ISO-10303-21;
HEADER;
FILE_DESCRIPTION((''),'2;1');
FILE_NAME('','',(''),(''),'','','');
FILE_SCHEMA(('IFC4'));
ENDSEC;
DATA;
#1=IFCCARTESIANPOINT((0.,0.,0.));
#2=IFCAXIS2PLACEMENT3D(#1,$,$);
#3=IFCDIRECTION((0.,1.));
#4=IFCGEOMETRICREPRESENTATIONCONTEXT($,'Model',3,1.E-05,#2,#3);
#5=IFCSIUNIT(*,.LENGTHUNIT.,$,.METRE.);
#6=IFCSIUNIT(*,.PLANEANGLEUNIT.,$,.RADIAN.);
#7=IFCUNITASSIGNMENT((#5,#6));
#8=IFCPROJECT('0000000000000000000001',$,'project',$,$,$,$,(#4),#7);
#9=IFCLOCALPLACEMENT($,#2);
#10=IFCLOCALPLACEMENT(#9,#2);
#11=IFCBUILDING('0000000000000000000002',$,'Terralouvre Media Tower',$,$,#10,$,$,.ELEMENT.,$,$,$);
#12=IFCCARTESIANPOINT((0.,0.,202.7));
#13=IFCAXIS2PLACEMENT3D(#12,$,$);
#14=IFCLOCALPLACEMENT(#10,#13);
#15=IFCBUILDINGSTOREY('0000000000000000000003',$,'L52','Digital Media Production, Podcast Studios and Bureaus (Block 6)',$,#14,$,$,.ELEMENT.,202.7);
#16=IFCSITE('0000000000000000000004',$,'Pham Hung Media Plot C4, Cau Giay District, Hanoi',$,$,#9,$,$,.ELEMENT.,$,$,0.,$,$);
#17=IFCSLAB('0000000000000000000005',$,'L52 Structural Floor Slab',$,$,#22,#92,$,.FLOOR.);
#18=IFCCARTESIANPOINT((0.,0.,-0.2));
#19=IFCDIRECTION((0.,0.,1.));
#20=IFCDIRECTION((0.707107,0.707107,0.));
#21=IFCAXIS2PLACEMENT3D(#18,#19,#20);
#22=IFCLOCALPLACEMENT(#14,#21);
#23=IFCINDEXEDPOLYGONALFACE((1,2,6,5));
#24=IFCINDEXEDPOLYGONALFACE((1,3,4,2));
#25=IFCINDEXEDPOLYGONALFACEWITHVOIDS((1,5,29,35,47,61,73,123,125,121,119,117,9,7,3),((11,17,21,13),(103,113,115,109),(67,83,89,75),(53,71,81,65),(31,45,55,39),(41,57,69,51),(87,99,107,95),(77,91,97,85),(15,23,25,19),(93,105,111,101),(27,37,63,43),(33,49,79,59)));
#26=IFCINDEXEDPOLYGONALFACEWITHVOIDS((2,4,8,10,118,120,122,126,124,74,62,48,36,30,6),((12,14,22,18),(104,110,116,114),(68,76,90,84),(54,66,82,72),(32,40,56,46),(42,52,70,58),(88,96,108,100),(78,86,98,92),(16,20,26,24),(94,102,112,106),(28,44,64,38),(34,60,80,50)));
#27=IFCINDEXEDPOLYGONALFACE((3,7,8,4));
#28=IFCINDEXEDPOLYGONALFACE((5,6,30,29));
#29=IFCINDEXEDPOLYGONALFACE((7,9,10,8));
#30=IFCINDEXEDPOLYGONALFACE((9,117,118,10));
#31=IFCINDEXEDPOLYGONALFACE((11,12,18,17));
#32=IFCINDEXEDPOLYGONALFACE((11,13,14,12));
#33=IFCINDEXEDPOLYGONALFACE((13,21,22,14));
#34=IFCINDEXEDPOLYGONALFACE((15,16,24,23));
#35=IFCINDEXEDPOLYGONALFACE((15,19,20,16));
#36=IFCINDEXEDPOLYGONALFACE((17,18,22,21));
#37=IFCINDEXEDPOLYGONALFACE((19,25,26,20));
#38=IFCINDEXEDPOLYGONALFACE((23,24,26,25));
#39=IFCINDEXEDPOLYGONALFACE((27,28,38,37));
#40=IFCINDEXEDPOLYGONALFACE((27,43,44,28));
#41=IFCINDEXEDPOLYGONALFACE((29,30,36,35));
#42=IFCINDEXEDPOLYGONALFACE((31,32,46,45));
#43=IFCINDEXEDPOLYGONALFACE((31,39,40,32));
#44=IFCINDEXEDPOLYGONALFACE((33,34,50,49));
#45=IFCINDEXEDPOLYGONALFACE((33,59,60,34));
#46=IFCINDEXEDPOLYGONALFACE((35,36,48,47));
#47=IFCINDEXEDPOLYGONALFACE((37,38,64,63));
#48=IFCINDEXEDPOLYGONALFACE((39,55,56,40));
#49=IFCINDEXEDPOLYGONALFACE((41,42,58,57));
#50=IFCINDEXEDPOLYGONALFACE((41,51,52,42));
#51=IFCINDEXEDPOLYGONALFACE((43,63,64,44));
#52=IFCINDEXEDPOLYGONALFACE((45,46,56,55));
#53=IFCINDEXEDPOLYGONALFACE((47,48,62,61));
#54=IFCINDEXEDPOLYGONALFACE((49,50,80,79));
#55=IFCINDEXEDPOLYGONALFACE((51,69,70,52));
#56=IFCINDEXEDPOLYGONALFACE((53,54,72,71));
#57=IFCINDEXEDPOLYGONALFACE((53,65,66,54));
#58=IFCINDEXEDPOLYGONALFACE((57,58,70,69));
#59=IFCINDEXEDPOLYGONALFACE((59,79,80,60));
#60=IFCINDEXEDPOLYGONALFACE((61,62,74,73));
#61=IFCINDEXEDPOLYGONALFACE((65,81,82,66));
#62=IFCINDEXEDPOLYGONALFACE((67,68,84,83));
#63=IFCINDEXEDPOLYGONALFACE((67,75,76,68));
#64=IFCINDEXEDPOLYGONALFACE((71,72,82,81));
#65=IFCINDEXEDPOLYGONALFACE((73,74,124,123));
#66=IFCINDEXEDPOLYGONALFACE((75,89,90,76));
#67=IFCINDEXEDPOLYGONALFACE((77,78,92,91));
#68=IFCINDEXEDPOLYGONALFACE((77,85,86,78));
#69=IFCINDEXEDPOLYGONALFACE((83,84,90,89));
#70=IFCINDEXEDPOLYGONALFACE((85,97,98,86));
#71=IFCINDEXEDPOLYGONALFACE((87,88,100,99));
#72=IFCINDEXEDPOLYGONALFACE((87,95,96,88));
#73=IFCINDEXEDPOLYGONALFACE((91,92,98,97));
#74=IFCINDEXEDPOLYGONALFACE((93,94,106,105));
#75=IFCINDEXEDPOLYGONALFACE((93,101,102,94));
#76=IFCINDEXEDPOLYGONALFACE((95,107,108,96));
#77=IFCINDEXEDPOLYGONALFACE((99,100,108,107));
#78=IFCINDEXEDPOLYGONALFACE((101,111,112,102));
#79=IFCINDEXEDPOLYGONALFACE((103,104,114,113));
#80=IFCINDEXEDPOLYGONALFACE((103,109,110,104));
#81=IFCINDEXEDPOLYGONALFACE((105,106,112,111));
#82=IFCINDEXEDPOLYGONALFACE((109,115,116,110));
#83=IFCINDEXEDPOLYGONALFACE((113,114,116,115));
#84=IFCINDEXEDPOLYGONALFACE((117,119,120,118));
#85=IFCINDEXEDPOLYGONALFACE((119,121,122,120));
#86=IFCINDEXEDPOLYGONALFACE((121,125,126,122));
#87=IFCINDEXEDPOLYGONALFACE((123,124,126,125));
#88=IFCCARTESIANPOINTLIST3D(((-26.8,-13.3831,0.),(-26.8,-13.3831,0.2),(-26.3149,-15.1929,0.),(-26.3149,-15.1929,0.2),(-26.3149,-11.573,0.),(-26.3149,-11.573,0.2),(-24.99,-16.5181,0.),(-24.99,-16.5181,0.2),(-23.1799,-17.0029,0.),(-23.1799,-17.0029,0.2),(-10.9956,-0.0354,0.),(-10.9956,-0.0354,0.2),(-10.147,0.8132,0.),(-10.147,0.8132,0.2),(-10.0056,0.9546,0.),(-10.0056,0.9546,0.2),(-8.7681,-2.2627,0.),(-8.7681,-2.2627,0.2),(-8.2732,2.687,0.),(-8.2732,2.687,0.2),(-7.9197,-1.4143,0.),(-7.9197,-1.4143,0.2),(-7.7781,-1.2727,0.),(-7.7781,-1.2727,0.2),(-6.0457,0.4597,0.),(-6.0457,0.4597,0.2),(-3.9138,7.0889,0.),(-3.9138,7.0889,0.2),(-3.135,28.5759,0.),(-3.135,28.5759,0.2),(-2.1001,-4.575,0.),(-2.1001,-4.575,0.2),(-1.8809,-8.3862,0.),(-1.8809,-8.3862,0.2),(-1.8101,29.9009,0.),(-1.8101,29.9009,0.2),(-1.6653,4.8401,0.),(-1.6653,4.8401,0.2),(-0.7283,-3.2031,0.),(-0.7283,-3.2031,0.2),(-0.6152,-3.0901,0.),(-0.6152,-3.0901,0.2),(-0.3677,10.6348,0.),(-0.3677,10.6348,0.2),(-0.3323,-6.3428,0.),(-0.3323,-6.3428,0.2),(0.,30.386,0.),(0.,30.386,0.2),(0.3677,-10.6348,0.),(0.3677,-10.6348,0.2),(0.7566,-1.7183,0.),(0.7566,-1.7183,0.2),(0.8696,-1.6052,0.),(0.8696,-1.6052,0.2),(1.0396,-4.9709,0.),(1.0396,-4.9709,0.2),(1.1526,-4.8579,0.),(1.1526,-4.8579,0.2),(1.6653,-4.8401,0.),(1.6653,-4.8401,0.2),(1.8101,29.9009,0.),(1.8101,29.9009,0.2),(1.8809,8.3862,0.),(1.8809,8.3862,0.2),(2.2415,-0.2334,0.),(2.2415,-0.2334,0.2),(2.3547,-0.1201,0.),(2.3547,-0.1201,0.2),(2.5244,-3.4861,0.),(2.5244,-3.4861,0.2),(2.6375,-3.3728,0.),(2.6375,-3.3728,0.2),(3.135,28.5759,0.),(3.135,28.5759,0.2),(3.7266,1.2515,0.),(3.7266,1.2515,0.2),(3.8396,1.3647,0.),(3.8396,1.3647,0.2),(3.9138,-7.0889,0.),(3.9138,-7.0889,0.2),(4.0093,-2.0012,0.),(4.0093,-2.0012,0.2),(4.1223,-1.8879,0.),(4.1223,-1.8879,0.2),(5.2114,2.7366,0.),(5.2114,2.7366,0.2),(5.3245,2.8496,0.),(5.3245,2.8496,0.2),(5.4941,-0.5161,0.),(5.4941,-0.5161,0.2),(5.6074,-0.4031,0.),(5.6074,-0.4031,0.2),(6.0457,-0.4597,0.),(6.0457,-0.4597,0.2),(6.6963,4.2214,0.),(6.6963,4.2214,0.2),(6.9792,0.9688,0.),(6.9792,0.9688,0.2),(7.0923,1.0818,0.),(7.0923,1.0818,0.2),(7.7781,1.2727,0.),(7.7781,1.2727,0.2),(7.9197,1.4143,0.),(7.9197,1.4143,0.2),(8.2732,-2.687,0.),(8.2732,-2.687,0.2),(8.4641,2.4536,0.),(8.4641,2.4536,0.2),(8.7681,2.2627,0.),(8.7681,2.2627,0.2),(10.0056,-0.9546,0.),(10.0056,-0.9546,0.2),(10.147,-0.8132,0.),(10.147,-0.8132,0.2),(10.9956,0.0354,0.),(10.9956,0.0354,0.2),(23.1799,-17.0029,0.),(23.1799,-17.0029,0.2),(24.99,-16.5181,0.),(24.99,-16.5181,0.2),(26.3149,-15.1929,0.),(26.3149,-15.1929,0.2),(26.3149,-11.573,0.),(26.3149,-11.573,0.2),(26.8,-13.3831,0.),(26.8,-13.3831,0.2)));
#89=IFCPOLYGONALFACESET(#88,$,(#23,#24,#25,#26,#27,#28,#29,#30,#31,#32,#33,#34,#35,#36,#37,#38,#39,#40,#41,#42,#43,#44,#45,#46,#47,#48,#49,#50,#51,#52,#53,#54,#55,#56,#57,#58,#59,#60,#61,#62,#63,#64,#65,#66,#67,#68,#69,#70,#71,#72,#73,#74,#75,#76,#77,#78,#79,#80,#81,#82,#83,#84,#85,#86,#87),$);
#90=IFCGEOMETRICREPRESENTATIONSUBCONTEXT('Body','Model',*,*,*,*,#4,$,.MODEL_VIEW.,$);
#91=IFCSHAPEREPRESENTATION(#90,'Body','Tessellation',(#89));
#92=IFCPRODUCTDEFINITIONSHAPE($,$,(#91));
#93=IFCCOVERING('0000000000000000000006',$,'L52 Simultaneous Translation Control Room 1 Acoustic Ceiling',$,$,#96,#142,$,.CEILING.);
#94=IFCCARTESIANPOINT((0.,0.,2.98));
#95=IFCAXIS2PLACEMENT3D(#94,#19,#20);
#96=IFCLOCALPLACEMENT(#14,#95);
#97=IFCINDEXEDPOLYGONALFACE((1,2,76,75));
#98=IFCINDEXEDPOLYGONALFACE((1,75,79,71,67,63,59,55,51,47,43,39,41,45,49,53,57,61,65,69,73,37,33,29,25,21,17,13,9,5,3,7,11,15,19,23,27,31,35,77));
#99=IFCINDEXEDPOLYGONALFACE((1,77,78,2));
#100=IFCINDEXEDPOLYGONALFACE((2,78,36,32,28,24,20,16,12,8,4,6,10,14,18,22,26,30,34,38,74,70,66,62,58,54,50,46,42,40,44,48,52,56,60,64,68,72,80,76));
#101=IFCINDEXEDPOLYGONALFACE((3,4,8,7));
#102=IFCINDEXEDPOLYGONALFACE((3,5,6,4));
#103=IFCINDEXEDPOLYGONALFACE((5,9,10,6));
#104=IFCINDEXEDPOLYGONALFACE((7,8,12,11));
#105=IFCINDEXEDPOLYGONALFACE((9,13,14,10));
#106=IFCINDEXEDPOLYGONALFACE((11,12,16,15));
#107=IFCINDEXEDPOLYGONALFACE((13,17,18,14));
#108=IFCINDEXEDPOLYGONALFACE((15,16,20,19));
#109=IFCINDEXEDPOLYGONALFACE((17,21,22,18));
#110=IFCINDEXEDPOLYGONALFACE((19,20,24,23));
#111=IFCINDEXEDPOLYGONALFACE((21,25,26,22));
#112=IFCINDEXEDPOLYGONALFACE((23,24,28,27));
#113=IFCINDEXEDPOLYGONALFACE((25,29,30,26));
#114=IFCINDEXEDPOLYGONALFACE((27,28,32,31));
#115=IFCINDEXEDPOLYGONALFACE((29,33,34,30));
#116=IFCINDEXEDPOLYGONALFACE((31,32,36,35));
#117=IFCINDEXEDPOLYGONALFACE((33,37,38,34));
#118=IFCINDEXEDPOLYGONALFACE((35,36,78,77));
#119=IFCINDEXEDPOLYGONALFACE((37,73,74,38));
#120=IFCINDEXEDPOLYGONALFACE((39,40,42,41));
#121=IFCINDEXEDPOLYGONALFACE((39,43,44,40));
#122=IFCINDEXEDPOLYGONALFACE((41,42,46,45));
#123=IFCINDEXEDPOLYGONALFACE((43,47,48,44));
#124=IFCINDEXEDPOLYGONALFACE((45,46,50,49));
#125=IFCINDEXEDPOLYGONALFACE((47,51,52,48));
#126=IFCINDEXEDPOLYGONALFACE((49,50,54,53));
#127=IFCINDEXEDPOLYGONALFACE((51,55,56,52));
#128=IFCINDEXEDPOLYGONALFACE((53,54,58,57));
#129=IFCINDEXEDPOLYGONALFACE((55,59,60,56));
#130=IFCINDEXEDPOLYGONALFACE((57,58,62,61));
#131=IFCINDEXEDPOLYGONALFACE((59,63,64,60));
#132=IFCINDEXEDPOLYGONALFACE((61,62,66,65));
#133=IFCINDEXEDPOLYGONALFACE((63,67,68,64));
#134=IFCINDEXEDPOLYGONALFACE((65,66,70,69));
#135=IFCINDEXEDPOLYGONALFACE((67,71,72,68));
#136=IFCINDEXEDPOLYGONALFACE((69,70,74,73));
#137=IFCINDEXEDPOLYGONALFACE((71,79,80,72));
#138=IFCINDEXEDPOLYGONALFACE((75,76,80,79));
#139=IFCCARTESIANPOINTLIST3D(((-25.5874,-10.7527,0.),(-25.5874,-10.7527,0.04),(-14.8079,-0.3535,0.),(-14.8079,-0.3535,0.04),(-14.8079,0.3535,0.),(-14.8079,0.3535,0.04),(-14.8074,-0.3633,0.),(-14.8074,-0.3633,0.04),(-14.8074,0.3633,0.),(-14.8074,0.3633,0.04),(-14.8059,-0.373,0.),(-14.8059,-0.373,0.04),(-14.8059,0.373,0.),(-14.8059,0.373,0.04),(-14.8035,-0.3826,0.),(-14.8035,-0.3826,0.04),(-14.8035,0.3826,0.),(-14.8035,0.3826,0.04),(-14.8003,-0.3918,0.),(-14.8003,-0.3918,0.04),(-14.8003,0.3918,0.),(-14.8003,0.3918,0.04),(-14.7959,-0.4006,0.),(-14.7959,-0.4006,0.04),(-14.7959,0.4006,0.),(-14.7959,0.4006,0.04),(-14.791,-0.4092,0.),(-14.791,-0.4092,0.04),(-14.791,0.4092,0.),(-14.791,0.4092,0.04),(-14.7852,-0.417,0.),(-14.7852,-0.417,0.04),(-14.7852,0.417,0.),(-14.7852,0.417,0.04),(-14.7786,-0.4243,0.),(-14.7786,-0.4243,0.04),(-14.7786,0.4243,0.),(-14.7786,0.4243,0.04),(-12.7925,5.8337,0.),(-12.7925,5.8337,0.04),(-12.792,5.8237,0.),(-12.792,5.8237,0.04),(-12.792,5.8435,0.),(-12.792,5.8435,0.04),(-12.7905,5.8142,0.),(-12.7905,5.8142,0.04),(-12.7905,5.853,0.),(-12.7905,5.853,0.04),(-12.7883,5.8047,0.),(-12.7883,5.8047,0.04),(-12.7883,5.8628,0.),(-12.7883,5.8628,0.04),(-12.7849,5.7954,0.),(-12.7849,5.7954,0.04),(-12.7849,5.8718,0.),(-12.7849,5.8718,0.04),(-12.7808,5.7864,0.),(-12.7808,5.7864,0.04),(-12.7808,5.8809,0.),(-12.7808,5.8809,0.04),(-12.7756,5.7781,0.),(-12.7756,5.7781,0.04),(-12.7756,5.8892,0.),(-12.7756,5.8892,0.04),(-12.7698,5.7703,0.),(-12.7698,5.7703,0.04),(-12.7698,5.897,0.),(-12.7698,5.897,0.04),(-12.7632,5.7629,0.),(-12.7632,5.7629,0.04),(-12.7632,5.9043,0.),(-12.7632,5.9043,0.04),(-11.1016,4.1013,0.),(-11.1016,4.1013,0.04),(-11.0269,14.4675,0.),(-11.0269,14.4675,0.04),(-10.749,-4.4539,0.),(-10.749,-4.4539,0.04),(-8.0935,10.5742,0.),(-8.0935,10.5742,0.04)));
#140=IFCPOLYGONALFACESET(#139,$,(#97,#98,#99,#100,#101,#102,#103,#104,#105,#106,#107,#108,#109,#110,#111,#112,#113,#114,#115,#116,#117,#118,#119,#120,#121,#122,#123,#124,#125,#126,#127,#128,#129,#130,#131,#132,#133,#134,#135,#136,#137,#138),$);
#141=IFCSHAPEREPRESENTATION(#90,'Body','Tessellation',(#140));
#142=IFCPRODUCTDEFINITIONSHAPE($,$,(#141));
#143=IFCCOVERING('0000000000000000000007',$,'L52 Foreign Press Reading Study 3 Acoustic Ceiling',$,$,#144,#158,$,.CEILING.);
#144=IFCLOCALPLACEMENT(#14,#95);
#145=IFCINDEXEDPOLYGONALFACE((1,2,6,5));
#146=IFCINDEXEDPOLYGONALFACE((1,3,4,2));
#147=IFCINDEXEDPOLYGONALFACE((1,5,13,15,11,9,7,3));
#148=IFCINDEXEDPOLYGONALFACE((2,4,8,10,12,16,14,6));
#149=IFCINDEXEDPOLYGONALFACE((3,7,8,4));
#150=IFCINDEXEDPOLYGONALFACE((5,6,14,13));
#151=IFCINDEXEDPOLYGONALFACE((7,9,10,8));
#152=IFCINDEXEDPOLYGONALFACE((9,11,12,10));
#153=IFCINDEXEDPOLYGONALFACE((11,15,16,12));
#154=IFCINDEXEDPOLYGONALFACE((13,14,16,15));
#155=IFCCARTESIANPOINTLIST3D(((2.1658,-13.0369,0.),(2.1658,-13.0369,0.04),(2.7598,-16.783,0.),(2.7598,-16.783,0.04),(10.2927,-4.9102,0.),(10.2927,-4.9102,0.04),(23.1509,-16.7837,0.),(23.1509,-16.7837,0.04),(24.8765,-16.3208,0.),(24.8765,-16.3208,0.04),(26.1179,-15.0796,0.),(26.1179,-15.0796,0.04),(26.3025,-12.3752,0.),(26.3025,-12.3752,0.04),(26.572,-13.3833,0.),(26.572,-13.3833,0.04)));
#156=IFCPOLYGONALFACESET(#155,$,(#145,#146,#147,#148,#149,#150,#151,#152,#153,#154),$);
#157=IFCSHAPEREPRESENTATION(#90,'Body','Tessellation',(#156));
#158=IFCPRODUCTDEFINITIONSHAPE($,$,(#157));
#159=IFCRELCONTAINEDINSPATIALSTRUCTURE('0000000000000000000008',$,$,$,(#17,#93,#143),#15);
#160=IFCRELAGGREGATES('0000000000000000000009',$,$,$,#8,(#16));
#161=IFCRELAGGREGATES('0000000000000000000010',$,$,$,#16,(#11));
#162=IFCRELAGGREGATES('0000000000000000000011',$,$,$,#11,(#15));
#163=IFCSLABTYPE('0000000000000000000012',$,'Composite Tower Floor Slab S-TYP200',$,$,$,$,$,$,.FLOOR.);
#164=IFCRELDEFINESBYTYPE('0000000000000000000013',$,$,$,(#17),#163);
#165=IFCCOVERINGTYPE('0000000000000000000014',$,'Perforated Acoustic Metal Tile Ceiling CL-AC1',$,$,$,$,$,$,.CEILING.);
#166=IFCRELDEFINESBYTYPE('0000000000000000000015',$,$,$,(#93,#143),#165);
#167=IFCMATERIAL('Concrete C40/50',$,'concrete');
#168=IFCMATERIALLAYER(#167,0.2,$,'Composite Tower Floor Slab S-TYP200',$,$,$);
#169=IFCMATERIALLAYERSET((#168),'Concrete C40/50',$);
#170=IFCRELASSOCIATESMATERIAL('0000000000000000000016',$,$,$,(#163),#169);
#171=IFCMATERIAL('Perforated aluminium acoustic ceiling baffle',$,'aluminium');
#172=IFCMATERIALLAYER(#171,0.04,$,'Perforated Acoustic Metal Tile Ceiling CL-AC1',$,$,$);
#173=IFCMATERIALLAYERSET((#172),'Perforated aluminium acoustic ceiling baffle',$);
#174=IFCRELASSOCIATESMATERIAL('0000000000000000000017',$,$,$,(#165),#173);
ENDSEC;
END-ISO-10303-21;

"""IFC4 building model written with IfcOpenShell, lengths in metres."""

from ifc_helpers import new_model, si_unit, direction, frame, origin, place, context, subcontext, project, spatial, polyline, outline, extrude, material, layer, layer_set, type_object, element, save


model = new_model("IFC4")

# Units and contexts
model_context = context("Model", 3, precision=1e-05, world=origin(), true_north=direction((0.0, 1.0)))
body_context = subcontext(model_context, "Body", "Model", "MODEL_VIEW")
ifc_project = project(units=[si_unit("LENGTHUNIT", "METRE"), si_unit("PLANEANGLEUNIT", "RADIAN")], contexts=[model_context])

# Site, building, storey
site_placement = place(None, origin())
site = spatial("IfcSite", under=ifc_project, at=site_placement, Name="Pham Hung Media Plot C4, Cau Giay District, Hanoi", CompositionType="ELEMENT", RefElevation=0.0)
building_placement = place(site_placement, origin())
building = spatial("IfcBuilding", under=site, at=building_placement, Name="Terralouvre Media Tower", CompositionType="ELEMENT")
storey_placement = place(building_placement, frame((0.0, 0.0, 202.7)))
storey = spatial("IfcBuildingStorey", under=building, at=storey_placement, Name="L52", Description="Digital Media Production, Podcast Studios and Bureaus (Block 6)", CompositionType="ELEMENT", Elevation=202.7)

# Slab
ifc_material_1 = material(Name="Concrete C40/50", Category="concrete")
ifc_layer_1 = layer(ifc_material_1, 0.2, Name="Composite Tower Floor Slab S-TYP200")
ifc_layer_set_1 = layer_set([ifc_layer_1], Name="Concrete C40/50")
slab_type_1 = type_object("IfcSlabType", Name="Composite Tower Floor Slab S-TYP200", PredefinedType="FLOOR", material=ifc_layer_set_1)
slab_1_placement = place(storey_placement, frame((0.0, 0.0, -0.2), z_axis=(0.0, 0.0, 1.0), x_axis=(0.707107, 0.707107, 0.0)))
element("IfcSlab", 1, at=slab_1_placement, inside=storey, type_object=slab_type_1, Name="L52 Structural Floor Slab", PredefinedType="FLOOR", context=body_context, shape_type="SweptSolid", body=[
    extrude(outline(polyline([(-26.3149, -11.573), (-26.8, -13.3831), (-26.3149, -15.1929), (-24.99, -16.5181), (-23.1799, -17.0029), (23.1799, -17.0029), (24.99, -16.5181), (26.3149, -15.1929), (26.8, -13.3831), (26.3149, -11.573), (3.135, 28.5759), (1.8101, 29.9009), (0.0, 30.386), (-1.8101, 29.9009), (-3.135, 28.5759), (-26.3149, -11.573)]), holes=[polyline([(-7.9197, -1.4143), (-8.7681, -2.2627), (-10.9956, -0.0354), (-10.147, 0.8132), (-7.9197, -1.4143)]), polyline([(-7.7781, -1.2727), (-10.0056, 0.9546), (-8.2732, 2.687), (-6.0457, 0.4597), (-7.7781, -1.2727)]), polyline([(4.1223, -1.8879), (2.3547, -0.1201), (3.7266, 1.2515), (5.4941, -0.5161), (4.1223, -1.8879)]), polyline([(6.9792, 0.9688), (5.6074, -0.4031), (3.8396, 1.3647), (5.2114, 2.7366), (6.9792, 0.9688)]), polyline([(-1.6653, 4.8401), (-3.9138, 7.0889), (-0.3677, 10.6348), (1.8809, 8.3862), (-1.6653, 4.8401)]), polyline([(7.0923, 1.0818), (5.3245, 2.8496), (6.6963, 4.2214), (8.4641, 2.4536), (7.0923, 1.0818)]), polyline([(-1.8809, -8.3862), (1.6653, -4.8401), (3.9138, -7.0889), (0.3677, -10.6348), (-1.8809, -8.3862)]), polyline([(-0.3323, -6.3428), (-2.1001, -4.575), (-0.7283, -3.2031), (1.0396, -4.9709), (-0.3323, -6.3428)]), polyline([(1.1526, -4.8579), (-0.6152, -3.0901), (0.7566, -1.7183), (2.5244, -3.4861), (1.1526, -4.8579)]), polyline([(4.0093, -2.0012), (2.6375, -3.3728), (0.8696, -1.6052), (2.2415, -0.2334), (4.0093, -2.0012)]), polyline([(8.2732, -2.687), (6.0457, -0.4597), (7.7781, 1.2727), (10.0056, -0.9546), (8.2732, -2.687)]), polyline([(10.147, -0.8132), (7.9197, 1.4143), (8.7681, 2.2627), (10.9956, 0.0354), (10.147, -0.8132)])]), origin(), (0.0, 0.0, 1.0), 0.2),
])

# Coverings
ifc_material_2 = material(Name="Perforated aluminium acoustic ceiling baffle", Category="aluminium")
ifc_layer_2 = layer(ifc_material_2, 0.04, Name="Perforated Acoustic Metal Tile Ceiling CL-AC1")
ifc_layer_set_2 = layer_set([ifc_layer_2], Name="Perforated aluminium acoustic ceiling baffle")
covering_type = type_object("IfcCoveringType", Name="Perforated Acoustic Metal Tile Ceiling CL-AC1", PredefinedType="CEILING", material=ifc_layer_set_2)
covering_1_placement = place(storey_placement, frame((0.0, 0.0, 2.98), z_axis=(0.0, 0.0, 1.0), x_axis=(0.707107, 0.707107, 0.0)))
element("IfcCovering", 2, at=covering_1_placement, inside=storey, type_object=covering_type, Name="L52 Simultaneous Translation Control Room 1 Acoustic Ceiling", PredefinedType="CEILING", context=body_context, shape_type="SweptSolid", body=[
    extrude(outline(polyline([(-14.7786, -0.4243), (-14.7852, -0.417), (-14.791, -0.4092), (-14.7959, -0.4006), (-14.8003, -0.3918), (-14.8035, -0.3826), (-14.8059, -0.373), (-14.8074, -0.3633), (-14.8079, -0.3535), (-14.8079, 0.3535), (-14.8074, 0.3633), (-14.8059, 0.373), (-14.8035, 0.3826), (-14.8003, 0.3918), (-14.7959, 0.4006), (-14.791, 0.4092), (-14.7852, 0.417), (-14.7786, 0.4243), (-11.1016, 4.1013), (-12.7632, 5.7629), (-12.7698, 5.7703), (-12.7756, 5.7781), (-12.7808, 5.7864), (-12.7849, 5.7954), (-12.7883, 5.8047), (-12.7905, 5.8142), (-12.792, 5.8237), (-12.7925, 5.8337), (-12.792, 5.8435), (-12.7905, 5.853), (-12.7883, 5.8628), (-12.7849, 5.8718), (-12.7808, 5.8809), (-12.7756, 5.8892), (-12.7698, 5.897), (-12.7632, 5.9043), (-8.0935, 10.5742), (-11.0269, 14.4675), (-25.5874, -10.7527), (-10.749, -4.4539), (-14.7786, -0.4243)])), origin(), (0.0, 0.0, 1.0), 0.04),
])
covering_2_placement = place(storey_placement, frame((0.0, 0.0, 2.98), z_axis=(0.0, 0.0, 1.0), x_axis=(0.707107, 0.707107, 0.0)))
element("IfcCovering", 3, at=covering_2_placement, inside=storey, type_object=covering_type, Name="L52 Foreign Press Reading Study 3 Acoustic Ceiling", PredefinedType="CEILING", context=body_context, shape_type="SweptSolid", body=[
    extrude(outline(polyline([(2.1658, -13.0369), (2.7598, -16.783), (23.1509, -16.7837), (24.8765, -16.3208), (26.1179, -15.0796), (26.572, -13.3833), (26.3025, -12.3752), (10.2927, -4.9102), (2.1658, -13.0369)])), origin(), (0.0, 0.0, 1.0), 0.04),
])

save(model, "model.ifc")
